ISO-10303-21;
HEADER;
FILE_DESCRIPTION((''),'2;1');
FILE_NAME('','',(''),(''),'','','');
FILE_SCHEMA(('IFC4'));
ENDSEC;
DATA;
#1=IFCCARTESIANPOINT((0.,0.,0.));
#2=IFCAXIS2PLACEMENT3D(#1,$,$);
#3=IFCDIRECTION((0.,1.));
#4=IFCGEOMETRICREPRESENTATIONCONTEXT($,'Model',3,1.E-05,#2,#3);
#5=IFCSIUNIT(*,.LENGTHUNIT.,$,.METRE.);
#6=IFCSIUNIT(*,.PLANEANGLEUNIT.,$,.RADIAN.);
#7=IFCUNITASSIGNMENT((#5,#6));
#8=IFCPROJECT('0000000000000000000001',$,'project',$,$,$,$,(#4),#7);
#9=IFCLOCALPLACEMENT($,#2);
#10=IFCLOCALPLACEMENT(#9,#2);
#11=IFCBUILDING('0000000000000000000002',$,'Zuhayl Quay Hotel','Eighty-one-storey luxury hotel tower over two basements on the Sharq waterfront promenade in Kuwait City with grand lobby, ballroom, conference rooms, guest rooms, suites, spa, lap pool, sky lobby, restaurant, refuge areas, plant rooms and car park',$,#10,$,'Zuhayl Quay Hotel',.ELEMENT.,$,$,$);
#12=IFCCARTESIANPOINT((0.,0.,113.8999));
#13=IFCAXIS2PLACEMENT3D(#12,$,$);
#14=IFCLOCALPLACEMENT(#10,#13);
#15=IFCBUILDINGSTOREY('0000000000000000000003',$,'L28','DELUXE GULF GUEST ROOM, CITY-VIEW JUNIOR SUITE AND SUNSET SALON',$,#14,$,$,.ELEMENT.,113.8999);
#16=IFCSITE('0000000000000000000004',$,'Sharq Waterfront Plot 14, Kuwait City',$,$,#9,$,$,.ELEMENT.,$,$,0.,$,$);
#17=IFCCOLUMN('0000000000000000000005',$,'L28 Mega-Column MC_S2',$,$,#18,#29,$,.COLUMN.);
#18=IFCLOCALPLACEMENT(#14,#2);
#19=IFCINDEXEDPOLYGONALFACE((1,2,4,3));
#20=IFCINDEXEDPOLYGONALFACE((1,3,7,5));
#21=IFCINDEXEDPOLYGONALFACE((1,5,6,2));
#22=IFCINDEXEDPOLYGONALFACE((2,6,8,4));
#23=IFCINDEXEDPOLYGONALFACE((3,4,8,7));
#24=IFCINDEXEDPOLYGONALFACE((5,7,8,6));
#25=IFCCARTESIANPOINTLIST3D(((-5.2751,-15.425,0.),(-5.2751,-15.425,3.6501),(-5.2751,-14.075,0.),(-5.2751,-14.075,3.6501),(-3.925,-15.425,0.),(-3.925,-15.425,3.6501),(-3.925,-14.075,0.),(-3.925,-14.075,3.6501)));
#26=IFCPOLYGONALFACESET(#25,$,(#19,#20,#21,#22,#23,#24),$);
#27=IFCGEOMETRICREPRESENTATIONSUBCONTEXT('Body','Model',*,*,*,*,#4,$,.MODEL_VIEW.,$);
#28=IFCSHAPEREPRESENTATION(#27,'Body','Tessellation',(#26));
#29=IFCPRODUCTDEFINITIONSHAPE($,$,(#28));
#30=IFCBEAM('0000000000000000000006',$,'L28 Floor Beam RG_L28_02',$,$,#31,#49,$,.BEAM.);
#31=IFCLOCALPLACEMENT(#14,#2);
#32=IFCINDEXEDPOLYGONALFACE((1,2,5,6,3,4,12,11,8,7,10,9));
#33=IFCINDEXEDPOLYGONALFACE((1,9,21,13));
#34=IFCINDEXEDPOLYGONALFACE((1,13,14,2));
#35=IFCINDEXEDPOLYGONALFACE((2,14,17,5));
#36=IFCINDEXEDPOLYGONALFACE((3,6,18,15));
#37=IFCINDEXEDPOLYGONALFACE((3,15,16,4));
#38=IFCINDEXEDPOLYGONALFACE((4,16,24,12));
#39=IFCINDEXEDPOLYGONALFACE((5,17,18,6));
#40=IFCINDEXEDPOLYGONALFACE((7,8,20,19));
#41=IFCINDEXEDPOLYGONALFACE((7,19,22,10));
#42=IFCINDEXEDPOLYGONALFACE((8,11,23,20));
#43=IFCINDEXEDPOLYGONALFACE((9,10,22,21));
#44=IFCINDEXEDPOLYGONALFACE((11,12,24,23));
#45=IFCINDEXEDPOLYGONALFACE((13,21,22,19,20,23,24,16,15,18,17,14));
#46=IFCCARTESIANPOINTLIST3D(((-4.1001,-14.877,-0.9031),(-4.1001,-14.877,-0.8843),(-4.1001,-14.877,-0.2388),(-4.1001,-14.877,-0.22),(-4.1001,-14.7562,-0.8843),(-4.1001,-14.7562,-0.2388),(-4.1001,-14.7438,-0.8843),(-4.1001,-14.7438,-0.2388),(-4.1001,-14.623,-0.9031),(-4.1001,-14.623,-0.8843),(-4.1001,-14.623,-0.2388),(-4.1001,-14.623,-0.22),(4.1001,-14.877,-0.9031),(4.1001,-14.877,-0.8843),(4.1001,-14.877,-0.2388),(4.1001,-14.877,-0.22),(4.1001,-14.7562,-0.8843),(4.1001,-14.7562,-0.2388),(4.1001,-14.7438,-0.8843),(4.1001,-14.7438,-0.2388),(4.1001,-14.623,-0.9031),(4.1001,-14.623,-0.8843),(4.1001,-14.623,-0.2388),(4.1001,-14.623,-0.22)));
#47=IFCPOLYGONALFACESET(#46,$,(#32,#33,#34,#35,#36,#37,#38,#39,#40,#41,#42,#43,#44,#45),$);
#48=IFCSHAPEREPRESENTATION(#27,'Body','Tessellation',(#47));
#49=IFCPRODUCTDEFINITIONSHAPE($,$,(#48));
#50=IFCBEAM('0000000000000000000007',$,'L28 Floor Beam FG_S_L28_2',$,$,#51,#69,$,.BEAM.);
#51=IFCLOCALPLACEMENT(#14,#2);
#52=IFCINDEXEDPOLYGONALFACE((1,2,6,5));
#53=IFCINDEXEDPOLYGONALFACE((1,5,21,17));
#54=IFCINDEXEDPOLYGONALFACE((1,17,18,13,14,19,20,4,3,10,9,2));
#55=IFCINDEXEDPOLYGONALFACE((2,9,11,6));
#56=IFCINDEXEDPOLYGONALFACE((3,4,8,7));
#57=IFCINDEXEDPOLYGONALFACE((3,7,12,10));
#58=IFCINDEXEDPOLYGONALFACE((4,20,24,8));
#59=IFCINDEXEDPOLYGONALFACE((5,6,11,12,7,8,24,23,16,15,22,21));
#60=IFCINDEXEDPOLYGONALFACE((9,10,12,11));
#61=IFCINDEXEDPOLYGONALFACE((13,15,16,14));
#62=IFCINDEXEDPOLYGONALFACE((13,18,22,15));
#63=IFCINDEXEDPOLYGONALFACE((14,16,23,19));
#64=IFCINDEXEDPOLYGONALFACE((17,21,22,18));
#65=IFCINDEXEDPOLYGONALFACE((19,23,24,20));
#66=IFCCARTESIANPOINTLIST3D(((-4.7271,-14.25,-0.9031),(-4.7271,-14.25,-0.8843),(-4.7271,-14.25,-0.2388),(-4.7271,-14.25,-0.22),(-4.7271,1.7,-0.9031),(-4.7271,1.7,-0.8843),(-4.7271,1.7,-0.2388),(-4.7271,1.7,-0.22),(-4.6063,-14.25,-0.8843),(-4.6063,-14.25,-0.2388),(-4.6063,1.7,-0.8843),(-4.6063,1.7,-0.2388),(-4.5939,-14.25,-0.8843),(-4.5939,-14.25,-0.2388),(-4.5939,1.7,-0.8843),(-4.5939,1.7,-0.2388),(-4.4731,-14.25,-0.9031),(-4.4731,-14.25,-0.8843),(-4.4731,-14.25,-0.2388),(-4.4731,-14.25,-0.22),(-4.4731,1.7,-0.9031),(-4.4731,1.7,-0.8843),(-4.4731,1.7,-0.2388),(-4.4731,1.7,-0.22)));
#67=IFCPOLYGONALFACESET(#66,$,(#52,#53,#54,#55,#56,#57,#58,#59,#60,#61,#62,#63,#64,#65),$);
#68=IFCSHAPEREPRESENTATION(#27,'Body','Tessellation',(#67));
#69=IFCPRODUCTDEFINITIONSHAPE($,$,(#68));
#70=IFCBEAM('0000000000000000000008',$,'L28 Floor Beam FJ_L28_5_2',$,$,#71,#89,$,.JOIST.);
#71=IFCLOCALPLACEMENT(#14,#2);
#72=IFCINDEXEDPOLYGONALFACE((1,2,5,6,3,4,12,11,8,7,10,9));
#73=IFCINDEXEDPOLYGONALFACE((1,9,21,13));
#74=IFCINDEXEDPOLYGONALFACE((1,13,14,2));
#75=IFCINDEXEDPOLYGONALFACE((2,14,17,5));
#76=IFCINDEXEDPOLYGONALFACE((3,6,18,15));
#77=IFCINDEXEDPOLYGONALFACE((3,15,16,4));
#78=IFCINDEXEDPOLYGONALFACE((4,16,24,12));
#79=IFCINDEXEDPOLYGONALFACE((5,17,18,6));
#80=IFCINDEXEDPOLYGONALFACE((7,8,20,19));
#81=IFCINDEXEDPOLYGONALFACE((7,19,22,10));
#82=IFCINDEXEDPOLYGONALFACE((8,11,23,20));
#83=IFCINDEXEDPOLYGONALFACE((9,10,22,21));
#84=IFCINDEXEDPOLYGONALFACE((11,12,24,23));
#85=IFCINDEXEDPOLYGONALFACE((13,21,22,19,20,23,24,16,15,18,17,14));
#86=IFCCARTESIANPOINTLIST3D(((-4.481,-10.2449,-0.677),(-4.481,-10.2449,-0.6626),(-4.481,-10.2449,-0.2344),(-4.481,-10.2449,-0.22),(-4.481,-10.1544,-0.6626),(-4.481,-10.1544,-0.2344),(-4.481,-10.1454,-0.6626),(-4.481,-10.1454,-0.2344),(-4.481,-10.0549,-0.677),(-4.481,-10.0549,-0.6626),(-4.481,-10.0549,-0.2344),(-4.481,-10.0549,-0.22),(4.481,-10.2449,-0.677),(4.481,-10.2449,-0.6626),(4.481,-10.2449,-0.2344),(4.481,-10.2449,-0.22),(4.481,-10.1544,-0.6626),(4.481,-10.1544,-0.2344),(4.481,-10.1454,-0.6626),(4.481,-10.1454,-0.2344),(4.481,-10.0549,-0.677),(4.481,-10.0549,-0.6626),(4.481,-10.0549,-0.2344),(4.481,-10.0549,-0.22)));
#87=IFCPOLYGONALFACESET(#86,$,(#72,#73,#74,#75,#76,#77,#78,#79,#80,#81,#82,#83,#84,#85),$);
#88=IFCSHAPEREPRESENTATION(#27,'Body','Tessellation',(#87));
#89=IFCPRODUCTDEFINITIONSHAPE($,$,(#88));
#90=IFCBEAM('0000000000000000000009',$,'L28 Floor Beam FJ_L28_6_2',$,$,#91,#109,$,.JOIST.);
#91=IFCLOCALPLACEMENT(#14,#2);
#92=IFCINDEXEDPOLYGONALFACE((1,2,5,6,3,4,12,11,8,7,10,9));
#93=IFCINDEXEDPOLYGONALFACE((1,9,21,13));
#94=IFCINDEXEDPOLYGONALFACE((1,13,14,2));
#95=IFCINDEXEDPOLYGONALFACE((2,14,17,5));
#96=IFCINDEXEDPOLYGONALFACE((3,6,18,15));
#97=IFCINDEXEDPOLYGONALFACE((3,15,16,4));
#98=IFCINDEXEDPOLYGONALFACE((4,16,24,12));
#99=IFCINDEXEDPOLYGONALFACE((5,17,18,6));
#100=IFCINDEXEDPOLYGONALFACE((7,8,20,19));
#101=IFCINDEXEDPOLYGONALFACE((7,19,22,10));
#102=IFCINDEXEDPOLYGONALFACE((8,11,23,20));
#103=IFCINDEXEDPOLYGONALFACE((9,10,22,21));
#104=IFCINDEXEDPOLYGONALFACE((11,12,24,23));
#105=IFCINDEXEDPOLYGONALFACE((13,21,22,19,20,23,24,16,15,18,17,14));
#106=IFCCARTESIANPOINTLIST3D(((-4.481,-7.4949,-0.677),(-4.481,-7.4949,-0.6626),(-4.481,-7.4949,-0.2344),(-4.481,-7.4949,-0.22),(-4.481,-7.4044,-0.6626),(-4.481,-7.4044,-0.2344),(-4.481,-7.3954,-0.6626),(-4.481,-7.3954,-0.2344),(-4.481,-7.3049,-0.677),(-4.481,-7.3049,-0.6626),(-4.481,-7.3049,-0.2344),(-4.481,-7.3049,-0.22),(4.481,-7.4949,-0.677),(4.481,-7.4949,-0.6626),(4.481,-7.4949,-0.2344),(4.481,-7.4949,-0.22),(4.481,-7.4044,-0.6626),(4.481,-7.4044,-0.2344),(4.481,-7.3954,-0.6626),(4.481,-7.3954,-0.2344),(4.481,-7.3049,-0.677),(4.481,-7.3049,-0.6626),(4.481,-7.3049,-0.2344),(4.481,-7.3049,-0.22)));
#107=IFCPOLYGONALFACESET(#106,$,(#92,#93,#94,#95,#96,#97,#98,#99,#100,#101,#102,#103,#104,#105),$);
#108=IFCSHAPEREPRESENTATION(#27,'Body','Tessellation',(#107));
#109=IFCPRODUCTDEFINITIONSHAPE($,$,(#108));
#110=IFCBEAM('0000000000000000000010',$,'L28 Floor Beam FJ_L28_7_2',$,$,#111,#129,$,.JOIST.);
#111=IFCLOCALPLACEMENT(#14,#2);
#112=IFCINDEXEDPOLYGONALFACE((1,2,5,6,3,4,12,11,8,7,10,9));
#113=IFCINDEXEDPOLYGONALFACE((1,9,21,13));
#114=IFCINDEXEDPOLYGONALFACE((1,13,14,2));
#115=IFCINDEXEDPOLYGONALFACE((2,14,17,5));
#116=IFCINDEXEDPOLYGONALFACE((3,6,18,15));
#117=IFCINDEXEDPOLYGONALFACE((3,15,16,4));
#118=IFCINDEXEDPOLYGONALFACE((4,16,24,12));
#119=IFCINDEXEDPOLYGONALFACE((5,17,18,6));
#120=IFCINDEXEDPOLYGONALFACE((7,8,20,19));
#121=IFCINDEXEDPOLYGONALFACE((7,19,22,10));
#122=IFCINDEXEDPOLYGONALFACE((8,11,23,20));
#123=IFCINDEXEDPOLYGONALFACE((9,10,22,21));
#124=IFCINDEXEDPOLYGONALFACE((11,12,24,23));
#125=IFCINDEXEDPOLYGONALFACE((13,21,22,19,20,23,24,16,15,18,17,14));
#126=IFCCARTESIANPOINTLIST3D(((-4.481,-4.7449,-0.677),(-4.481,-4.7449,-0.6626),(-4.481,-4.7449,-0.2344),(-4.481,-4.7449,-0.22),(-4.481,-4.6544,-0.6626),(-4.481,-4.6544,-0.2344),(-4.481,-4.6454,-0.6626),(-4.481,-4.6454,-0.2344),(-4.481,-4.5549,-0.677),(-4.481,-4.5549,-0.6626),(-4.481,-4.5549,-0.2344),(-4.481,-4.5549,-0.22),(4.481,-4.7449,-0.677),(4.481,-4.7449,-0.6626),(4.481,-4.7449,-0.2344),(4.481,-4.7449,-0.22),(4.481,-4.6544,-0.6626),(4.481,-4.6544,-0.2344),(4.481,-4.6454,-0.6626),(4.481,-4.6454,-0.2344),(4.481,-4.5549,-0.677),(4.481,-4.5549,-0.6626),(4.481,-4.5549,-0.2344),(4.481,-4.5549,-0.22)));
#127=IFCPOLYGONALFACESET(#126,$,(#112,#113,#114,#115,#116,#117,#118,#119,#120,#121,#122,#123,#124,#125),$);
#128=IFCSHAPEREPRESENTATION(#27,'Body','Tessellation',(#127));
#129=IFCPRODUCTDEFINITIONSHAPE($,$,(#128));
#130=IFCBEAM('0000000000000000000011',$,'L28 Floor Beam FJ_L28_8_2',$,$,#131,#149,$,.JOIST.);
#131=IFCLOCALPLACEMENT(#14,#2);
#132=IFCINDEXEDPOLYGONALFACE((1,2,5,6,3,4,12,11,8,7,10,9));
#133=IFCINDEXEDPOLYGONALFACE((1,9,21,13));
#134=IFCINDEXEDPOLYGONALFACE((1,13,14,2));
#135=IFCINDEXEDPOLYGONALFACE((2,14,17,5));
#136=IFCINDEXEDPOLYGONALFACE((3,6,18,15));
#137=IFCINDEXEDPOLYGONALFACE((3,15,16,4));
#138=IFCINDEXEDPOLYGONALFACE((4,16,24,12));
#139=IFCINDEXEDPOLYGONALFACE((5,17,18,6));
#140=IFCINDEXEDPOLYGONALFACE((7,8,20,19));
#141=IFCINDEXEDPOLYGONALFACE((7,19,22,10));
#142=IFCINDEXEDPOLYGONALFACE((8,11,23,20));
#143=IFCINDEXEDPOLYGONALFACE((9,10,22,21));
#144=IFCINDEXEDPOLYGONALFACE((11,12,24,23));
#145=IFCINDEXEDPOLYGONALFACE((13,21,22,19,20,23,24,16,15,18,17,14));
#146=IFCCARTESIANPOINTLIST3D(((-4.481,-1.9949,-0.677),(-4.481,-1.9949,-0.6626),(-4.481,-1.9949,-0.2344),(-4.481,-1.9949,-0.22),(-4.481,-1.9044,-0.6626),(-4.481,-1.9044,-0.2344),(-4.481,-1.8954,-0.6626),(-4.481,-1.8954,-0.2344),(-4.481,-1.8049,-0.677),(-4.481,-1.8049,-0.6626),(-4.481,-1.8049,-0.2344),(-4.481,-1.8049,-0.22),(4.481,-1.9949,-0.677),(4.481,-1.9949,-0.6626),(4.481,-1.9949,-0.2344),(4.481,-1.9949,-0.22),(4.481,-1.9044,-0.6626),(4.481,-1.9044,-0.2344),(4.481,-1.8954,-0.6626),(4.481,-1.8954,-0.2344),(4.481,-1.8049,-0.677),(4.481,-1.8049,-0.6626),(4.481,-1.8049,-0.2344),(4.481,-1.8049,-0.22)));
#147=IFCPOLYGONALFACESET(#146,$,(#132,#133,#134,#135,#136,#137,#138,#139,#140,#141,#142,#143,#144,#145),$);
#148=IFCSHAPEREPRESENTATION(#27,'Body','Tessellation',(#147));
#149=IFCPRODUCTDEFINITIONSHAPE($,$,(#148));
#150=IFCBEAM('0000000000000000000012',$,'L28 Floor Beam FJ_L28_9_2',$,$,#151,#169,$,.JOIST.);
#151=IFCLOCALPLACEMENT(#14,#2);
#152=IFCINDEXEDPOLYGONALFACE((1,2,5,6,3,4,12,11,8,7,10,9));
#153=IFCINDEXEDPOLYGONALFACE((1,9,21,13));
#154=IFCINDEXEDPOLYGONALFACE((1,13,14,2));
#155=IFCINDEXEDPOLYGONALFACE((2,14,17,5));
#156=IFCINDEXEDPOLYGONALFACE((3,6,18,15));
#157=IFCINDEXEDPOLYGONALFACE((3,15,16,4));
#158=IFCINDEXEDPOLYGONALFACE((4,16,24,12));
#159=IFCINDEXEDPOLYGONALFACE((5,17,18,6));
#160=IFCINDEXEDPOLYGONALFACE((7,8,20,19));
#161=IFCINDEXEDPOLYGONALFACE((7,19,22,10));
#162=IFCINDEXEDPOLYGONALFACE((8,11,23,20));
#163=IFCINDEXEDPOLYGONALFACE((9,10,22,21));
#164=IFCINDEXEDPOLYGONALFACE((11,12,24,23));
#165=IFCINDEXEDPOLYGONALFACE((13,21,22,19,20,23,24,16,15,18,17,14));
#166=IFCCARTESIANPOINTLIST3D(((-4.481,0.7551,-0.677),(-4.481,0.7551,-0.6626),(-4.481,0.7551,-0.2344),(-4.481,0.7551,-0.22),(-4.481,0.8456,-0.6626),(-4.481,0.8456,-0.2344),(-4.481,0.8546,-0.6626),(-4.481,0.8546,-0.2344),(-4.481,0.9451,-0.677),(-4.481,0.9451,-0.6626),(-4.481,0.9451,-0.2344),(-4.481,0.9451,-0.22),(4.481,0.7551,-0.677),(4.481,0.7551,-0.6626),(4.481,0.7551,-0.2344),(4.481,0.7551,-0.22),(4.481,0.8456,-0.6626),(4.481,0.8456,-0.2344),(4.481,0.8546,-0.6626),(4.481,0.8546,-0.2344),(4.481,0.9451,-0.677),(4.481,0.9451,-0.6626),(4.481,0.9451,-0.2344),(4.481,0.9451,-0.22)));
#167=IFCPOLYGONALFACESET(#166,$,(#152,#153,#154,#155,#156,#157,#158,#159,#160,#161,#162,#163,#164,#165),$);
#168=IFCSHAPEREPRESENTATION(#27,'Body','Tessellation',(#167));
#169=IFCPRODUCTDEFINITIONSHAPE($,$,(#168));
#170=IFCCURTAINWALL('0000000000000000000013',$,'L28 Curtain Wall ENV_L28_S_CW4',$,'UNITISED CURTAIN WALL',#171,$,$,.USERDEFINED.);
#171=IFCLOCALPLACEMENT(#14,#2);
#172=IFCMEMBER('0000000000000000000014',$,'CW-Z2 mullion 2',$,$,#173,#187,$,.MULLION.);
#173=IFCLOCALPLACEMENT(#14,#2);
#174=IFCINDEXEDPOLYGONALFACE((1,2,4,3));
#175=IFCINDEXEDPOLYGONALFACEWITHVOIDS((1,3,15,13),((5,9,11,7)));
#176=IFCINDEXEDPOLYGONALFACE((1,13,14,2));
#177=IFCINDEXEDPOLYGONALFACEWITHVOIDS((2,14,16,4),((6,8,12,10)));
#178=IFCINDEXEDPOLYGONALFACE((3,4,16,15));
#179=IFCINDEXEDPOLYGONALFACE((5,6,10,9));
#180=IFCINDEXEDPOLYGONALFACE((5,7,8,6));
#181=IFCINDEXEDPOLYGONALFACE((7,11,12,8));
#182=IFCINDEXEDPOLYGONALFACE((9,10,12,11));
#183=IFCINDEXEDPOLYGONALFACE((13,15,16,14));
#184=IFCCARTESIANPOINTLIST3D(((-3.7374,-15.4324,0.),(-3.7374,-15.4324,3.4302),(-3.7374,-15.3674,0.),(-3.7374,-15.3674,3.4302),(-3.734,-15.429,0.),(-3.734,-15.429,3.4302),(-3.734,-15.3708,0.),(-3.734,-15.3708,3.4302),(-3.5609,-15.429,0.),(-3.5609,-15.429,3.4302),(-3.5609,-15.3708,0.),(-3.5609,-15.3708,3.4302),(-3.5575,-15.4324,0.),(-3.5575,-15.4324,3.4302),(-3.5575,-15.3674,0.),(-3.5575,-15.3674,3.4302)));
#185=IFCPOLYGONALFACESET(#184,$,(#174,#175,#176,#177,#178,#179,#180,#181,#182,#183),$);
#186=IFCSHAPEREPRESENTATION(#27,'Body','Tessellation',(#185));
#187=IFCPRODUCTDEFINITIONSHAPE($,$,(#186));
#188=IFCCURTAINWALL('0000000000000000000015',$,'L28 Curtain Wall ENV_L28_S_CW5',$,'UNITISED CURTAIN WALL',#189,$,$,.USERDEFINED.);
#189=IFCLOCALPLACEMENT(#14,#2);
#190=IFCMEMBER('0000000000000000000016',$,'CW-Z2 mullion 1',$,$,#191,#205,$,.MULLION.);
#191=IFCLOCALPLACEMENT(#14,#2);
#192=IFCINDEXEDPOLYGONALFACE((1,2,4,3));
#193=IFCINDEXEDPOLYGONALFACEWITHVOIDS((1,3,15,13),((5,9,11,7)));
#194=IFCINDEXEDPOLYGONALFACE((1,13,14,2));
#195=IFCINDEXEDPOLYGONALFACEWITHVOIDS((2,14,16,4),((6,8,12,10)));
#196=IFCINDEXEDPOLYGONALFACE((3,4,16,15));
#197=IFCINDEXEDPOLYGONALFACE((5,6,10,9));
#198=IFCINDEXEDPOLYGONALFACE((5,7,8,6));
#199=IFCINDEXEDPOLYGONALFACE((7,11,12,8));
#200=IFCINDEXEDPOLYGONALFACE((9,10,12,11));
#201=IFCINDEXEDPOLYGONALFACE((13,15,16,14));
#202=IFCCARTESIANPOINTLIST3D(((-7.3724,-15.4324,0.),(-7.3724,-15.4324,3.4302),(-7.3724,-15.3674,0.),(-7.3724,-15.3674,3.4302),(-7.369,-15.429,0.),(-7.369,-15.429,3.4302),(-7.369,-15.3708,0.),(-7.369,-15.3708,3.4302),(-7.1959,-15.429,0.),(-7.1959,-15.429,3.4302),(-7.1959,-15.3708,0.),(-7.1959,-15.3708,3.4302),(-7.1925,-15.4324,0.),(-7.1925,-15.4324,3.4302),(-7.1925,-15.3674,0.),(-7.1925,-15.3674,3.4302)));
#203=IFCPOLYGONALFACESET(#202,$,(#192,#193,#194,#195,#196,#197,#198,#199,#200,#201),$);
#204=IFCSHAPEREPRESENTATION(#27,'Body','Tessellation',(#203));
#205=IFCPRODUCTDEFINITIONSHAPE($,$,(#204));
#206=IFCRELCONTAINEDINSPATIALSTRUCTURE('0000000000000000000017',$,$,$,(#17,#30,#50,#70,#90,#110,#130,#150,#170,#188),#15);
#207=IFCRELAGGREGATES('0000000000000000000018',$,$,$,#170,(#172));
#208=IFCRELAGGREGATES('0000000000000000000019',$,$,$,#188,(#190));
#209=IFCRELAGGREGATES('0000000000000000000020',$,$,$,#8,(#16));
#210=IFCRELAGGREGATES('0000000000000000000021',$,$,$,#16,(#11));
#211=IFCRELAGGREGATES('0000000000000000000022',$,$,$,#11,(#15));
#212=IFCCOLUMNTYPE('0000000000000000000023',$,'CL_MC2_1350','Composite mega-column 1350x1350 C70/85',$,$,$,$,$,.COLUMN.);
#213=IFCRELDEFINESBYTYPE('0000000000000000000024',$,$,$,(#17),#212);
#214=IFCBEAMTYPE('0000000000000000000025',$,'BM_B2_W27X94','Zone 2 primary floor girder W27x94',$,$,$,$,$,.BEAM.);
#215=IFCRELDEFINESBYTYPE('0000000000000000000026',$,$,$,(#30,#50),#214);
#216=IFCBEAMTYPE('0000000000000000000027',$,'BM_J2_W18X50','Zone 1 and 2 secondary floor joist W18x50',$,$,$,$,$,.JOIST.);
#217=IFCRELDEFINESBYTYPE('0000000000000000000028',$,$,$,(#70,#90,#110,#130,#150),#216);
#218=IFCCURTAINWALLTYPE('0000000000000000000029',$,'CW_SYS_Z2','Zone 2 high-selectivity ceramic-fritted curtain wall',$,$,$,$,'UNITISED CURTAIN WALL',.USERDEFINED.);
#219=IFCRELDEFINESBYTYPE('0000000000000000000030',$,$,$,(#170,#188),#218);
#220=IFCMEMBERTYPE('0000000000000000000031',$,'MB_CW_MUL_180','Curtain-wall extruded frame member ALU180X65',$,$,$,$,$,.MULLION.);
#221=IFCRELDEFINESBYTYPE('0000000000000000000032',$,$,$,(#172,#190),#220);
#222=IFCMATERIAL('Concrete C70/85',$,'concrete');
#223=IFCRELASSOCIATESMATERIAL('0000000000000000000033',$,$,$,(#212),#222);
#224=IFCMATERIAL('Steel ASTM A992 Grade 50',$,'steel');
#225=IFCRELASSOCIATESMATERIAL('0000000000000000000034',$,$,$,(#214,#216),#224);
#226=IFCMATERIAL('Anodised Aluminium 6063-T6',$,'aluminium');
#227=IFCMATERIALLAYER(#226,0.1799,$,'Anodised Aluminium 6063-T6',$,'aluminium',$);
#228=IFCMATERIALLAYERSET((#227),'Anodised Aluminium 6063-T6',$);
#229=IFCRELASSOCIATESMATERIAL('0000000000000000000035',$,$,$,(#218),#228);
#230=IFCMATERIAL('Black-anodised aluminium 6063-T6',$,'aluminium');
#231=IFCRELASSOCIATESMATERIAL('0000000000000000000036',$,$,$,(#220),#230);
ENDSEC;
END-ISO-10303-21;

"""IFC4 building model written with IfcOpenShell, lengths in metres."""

from ifc_helpers import new_model, si_unit, direction, frame, origin, origin_2d, place, context, subcontext, project, spatial, rectangle, hollow_rectangle, i_section, extrude, material, layer, layer_set, material_profile, profile_set, type_object, element, aggregate, save


model = new_model("IFC4")

# Units and contexts
model_context = context("Model", 3, precision=1e-05, world=origin(), true_north=direction((0.0, 1.0)))
body_context = subcontext(model_context, "Body", "Model", "MODEL_VIEW")
ifc_project = project(units=[si_unit("LENGTHUNIT", "METRE"), si_unit("PLANEANGLEUNIT", "RADIAN")], contexts=[model_context])

# Site, building, storey
site_placement = place(None, origin())
site = spatial("IfcSite", under=ifc_project, at=site_placement, Name="Sharq Waterfront Plot 14, Kuwait City", CompositionType="ELEMENT", RefElevation=0.0)
building_placement = place(site_placement, origin())
building = spatial("IfcBuilding", under=site, at=building_placement, Name="Zuhayl Quay Hotel", Description="Eighty-one-storey luxury hotel tower over two basements on the Sharq waterfront promenade in Kuwait City with grand lobby, ballroom, conference rooms, guest rooms, suites, spa, lap pool, sky lobby, restaurant, refuge areas, plant rooms and car park", LongName="Zuhayl Quay Hotel", CompositionType="ELEMENT")
storey_placement = place(building_placement, frame((0.0, 0.0, 113.8999)))
storey = spatial("IfcBuildingStorey", under=building, at=storey_placement, Name="L28", Description="DELUXE GULF GUEST ROOM, CITY-VIEW JUNIOR SUITE AND SUNSET SALON", CompositionType="ELEMENT", Elevation=113.8999)

# Column
ifc_material_1 = material(Name="Concrete C70/85", Category="concrete")
ifc_material_profile_1 = material_profile(ifc_material_1, rectangle(XDim=1.3501, YDim=1.3501, at=origin_2d()), Name="RC1350X1350")
ifc_profile_set_1 = profile_set([ifc_material_profile_1], Name="Concrete C70/85")
column_type = type_object("IfcColumnType", Name="CL_MC2_1350", Description="Composite mega-column 1350x1350 C70/85", PredefinedType="COLUMN", material=ifc_profile_set_1)
column_placement = place(storey_placement, frame((-4.6001, -14.75, 0.0), z_axis=(0.0, 0.0, 1.0), x_axis=(1.0, 0.0, 0.0)))
element("IfcColumn", 1, at=column_placement, inside=storey, type_object=column_type, Name="L28 Mega-Column MC_S2", PredefinedType="COLUMN", context=body_context, shape_type="SweptSolid", body=[
    extrude(rectangle(XDim=1.3501, YDim=1.3501, at=origin_2d()), origin(), (0.0, 0.0, 1.0), 3.6501),
])

# Beams
ifc_material_2 = material(Name="Steel ASTM A992 Grade 50", Category="steel")
ifc_material_profile_2 = material_profile(ifc_material_2, i_section(OverallWidth=0.2539, OverallDepth=0.6831, WebThickness=0.0125, FlangeThickness=0.0188, at=origin_2d()), Name="W27X94")
ifc_profile_set_2 = profile_set([ifc_material_profile_2], Name="Steel ASTM A992 Grade 50")
beam_type_1 = type_object("IfcBeamType", Name="BM_B2_W27X94", Description="Zone 2 primary floor girder W27x94", PredefinedType="BEAM", material=ifc_profile_set_2)
beam_1_placement = place(storey_placement, frame((-4.1001, -14.75, -0.5615), z_axis=(1.0, 0.0, 0.0), x_axis=(0.0, 1.0, 0.0)))
element("IfcBeam", 2, at=beam_1_placement, inside=storey, type_object=beam_type_1, Name="L28 Floor Beam RG_L28_02", PredefinedType="BEAM", context=body_context, shape_type="SweptSolid", body=[
    extrude(i_section(OverallWidth=0.2539, OverallDepth=0.6831, WebThickness=0.0125, FlangeThickness=0.0188, at=origin_2d()), origin(), (0.0, 0.0, 1.0), 8.2002),
])
beam_2_placement = place(storey_placement, frame((-4.6001, -14.25, -0.5615), z_axis=(0.0, 1.0, 0.0), x_axis=(-1.0, 0.0, 0.0)))
element("IfcBeam", 3, at=beam_2_placement, inside=storey, type_object=beam_type_1, Name="L28 Floor Beam FG_S_L28_2", PredefinedType="BEAM", context=body_context, shape_type="SweptSolid", body=[
    extrude(i_section(OverallWidth=0.2539, OverallDepth=0.6831, WebThickness=0.0125, FlangeThickness=0.0188, at=origin_2d()), origin(), (0.0, 0.0, 1.0), 15.95),
])
ifc_material_profile_3 = material_profile(ifc_material_2, i_section(OverallWidth=0.1899, OverallDepth=0.457, WebThickness=0.009, FlangeThickness=0.0144, at=origin_2d()), Name="W18X50")
ifc_profile_set_3 = profile_set([ifc_material_profile_3], Name="Steel ASTM A992 Grade 50")
beam_type_2 = type_object("IfcBeamType", Name="BM_J2_W18X50", Description="Zone 1 and 2 secondary floor joist W18x50", PredefinedType="JOIST", material=ifc_profile_set_3)
for number, where, z_axis, x_axis, name in (
    (4, (-4.481, -10.1499, -0.4485), (1.0, 0.0, 0.0), (0.0, 1.0, 0.0), "L28 Floor Beam FJ_L28_5_2"),
    (5, (-4.481, -7.3999, -0.4485), (1.0, 0.0, 0.0), (0.0, 1.0, 0.0), "L28 Floor Beam FJ_L28_6_2"),
    (6, (-4.481, -4.6499, -0.4485), (1.0, 0.0, 0.0), (0.0, 1.0, 0.0), "L28 Floor Beam FJ_L28_7_2"),
    (7, (-4.481, -1.8999, -0.4485), (1.0, 0.0, 0.0), (0.0, 1.0, 0.0), "L28 Floor Beam FJ_L28_8_2"),
    (8, (-4.481, 0.8501, -0.4485), (1.0, 0.0, 0.0), (0.0, 1.0, 0.0), "L28 Floor Beam FJ_L28_9_2"),
):
    element("IfcBeam", number, at=place(storey_placement, frame(where, z_axis=z_axis, x_axis=x_axis)), inside=storey, type_object=beam_type_2, Name=name, PredefinedType="JOIST", context=body_context, shape_type="SweptSolid", body=[
        extrude(i_section(OverallWidth=0.1899, OverallDepth=0.457, WebThickness=0.009, FlangeThickness=0.0144, at=origin_2d()), origin(), (0.0, 0.0, 1.0), 8.9619),
    ])

# Curtain walls, members
ifc_material_3 = material(Name="Anodised Aluminium 6063-T6", Category="aluminium")
ifc_layer_1 = layer(ifc_material_3, 0.1799, Name="Anodised Aluminium 6063-T6", Category="aluminium")
ifc_layer_set_1 = layer_set([ifc_layer_1], Name="Anodised Aluminium 6063-T6")
curtain_wall_type = type_object("IfcCurtainWallType", Name="CW_SYS_Z2", Description="Zone 2 high-selectivity ceramic-fritted curtain wall", ElementType="UNITISED CURTAIN WALL", PredefinedType="USERDEFINED", material=ifc_layer_set_1)
curtain_wall_1_placement = place(storey_placement, origin())
curtain_wall_1 = element("IfcCurtainWall", 9, at=curtain_wall_1_placement, inside=storey, type_object=curtain_wall_type, Name="L28 Curtain Wall ENV_L28_S_CW4", ObjectType="UNITISED CURTAIN WALL", PredefinedType="USERDEFINED")
ifc_material_4 = material(Name="Black-anodised aluminium 6063-T6", Category="aluminium")
ifc_material_profile_4 = material_profile(ifc_material_4, hollow_rectangle(XDim=0.0649, YDim=0.1799, WallThickness=0.0034, at=origin_2d()), Name="ALU180X65")
ifc_profile_set_4 = profile_set([ifc_material_profile_4], Name="Black-anodised aluminium 6063-T6")
member_type_1 = type_object("IfcMemberType", Name="MB_CW_MUL_180", Description="Curtain-wall extruded frame member ALU180X65", PredefinedType="MULLION", material=ifc_profile_set_4)
member_1_placement = place(storey_placement, frame((-3.6475, -15.3999, 0.0), z_axis=(0.0, 0.0, 1.0), x_axis=(0.0, -1.0, 0.0)))
member_1 = element("IfcMember", 10, at=member_1_placement, type_object=member_type_1, Name="CW-Z2 mullion 2", PredefinedType="MULLION", context=body_context, shape_type="SweptSolid", body=[
    extrude(hollow_rectangle(XDim=0.0649, YDim=0.1799, WallThickness=0.0034, at=origin_2d()), origin(), (0.0, 0.0, 1.0), 3.4302),
])
curtain_wall_2_placement = place(storey_placement, origin())
curtain_wall_2 = element("IfcCurtainWall", 11, at=curtain_wall_2_placement, inside=storey, type_object=curtain_wall_type, Name="L28 Curtain Wall ENV_L28_S_CW5", ObjectType="UNITISED CURTAIN WALL", PredefinedType="USERDEFINED")
member_2_placement = place(storey_placement, frame((-7.2825, -15.3999, 0.0), z_axis=(0.0, 0.0, 1.0), x_axis=(0.0, -1.0, 0.0)))
member_2 = element("IfcMember", 12, at=member_2_placement, type_object=member_type_1, Name="CW-Z2 mullion 1", PredefinedType="MULLION", context=body_context, shape_type="SweptSolid", body=[
    extrude(hollow_rectangle(XDim=0.0649, YDim=0.1799, WallThickness=0.0034, at=origin_2d()), origin(), (0.0, 0.0, 1.0), 3.4302),
])

aggregate(curtain_wall_1, [member_1])
aggregate(curtain_wall_2, [member_2])

save(model, "model.ifc")
